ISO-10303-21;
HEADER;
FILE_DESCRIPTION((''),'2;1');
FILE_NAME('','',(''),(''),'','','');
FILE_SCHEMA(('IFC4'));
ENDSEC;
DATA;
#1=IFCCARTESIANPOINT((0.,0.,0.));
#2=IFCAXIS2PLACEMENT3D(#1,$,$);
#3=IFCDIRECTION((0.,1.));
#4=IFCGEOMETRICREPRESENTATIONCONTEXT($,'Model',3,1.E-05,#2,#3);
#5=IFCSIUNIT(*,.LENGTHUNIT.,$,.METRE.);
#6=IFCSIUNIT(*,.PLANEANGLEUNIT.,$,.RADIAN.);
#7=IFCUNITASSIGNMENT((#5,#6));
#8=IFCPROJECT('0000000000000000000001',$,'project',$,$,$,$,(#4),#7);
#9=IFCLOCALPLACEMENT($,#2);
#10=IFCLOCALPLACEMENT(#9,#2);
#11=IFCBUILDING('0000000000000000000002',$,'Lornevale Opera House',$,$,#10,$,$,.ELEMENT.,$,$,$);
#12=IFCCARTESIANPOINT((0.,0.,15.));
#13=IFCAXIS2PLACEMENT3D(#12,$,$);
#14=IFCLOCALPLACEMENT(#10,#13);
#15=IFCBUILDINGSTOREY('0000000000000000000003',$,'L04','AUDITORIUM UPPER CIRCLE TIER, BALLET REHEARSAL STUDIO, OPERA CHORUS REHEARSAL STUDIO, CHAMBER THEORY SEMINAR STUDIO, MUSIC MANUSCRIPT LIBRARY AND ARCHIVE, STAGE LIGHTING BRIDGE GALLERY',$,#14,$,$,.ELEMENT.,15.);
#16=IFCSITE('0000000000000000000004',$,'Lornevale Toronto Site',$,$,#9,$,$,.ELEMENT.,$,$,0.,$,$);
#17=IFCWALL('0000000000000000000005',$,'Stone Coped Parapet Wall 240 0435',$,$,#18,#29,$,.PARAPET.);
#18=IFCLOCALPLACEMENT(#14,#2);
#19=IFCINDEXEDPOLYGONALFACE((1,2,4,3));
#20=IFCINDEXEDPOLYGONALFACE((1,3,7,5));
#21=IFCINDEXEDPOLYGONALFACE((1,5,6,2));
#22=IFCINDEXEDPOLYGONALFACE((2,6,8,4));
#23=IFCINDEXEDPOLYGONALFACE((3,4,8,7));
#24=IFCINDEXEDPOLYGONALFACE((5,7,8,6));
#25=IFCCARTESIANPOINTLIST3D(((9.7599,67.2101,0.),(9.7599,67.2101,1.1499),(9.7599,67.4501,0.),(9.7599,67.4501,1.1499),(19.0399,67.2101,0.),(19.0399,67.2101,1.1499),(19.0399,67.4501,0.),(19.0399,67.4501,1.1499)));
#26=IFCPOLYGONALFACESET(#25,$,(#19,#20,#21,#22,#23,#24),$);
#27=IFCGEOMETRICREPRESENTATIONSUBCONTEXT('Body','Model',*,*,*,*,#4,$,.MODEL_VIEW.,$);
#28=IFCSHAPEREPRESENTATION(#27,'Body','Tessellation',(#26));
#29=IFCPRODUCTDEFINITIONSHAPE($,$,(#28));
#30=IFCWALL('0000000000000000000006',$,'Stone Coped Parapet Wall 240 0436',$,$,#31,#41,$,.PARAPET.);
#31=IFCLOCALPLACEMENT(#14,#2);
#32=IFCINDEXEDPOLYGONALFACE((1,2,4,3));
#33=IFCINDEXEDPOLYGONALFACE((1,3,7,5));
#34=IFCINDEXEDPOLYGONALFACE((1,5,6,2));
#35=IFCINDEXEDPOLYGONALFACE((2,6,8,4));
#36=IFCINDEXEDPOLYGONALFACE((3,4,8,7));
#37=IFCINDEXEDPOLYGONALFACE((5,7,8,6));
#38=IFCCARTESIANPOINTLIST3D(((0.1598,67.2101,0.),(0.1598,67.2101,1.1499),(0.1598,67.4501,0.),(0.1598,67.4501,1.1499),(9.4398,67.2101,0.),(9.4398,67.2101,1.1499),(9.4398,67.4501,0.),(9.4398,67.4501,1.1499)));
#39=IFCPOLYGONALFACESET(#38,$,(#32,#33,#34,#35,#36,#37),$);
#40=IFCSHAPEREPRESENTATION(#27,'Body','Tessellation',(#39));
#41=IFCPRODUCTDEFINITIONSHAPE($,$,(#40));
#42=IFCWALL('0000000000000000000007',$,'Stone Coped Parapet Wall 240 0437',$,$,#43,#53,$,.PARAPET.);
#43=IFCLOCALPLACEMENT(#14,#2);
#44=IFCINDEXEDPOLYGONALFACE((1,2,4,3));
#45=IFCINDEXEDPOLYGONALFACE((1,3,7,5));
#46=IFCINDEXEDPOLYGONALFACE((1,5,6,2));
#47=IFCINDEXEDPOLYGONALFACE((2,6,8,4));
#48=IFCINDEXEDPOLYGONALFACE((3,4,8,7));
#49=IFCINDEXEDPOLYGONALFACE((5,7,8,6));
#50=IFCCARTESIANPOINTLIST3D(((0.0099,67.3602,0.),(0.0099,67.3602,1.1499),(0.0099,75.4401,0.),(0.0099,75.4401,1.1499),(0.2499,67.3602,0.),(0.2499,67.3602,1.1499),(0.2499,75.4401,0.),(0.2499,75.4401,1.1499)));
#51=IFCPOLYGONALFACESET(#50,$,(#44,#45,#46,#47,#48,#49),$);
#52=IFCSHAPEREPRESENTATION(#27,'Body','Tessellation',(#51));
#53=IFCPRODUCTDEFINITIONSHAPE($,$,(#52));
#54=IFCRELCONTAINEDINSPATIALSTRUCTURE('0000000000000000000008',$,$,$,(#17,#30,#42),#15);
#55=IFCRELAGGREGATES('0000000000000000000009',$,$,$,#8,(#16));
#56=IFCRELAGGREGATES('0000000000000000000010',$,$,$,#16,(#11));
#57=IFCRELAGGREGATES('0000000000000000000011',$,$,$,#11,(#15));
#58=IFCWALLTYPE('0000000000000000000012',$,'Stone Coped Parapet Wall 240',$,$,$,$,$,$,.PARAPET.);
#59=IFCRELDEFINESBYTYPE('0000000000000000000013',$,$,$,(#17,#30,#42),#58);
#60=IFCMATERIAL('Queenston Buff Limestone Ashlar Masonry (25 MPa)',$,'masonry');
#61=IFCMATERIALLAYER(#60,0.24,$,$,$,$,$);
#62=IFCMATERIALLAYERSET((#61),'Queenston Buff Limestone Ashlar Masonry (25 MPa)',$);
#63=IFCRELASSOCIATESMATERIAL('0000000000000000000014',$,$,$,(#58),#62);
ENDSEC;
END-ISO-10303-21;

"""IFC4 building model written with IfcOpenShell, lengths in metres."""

from ifc_helpers import new_model, si_unit, direction, frame, frame_2d, origin, place, context, subcontext, project, spatial, rectangle, extrude, material, layer, layer_set, type_object, element, save


model = new_model("IFC4")

# Units and contexts
model_context = context("Model", 3, precision=1e-05, world=origin(), true_north=direction((0.0, 1.0)))
body_context = subcontext(model_context, "Body", "Model", "MODEL_VIEW")
ifc_project = project(units=[si_unit("LENGTHUNIT", "METRE"), si_unit("PLANEANGLEUNIT", "RADIAN")], contexts=[model_context])

# Site, building, storey
site_placement = place(None, origin())
site = spatial("IfcSite", under=ifc_project, at=site_placement, Name="Lornevale Toronto Site", CompositionType="ELEMENT", RefElevation=0.0)
building_placement = place(site_placement, origin())
building = spatial("IfcBuilding", under=site, at=building_placement, Name="Lornevale Opera House", CompositionType="ELEMENT")
storey_placement = place(building_placement, frame((0.0, 0.0, 15.0)))
storey = spatial("IfcBuildingStorey", under=building, at=storey_placement, Name="L04", Description="AUDITORIUM UPPER CIRCLE TIER, BALLET REHEARSAL STUDIO, OPERA CHORUS REHEARSAL STUDIO, CHAMBER THEORY SEMINAR STUDIO, MUSIC MANUSCRIPT LIBRARY AND ARCHIVE, STAGE LIGHTING BRIDGE GALLERY", CompositionType="ELEMENT", Elevation=15.0)

# Walls
ifc_material_1 = material(Name="Queenston Buff Limestone Ashlar Masonry (25 MPa)", Category="masonry")
ifc_layer = layer(ifc_material_1, 0.24)
ifc_layer_set = layer_set([ifc_layer], Name="Queenston Buff Limestone Ashlar Masonry (25 MPa)")
wall_type = type_object("IfcWallType", Name="Stone Coped Parapet Wall 240", PredefinedType="PARAPET", material=ifc_layer_set)
for number, where, z_axis, x_axis, name in (
    (1, (19.04, 67.3301, 0.0), (0.0, 0.0, 1.0), (-1.0, 0.0, 0.0), "Stone Coped Parapet Wall 240 0435"),
    (2, (9.4399, 67.3301, 0.0), (0.0, 0.0, 1.0), (-1.0, 0.0, 0.0), "Stone Coped Parapet Wall 240 0436"),
):
    element("IfcWall", number, at=place(storey_placement, frame(where, z_axis=z_axis, x_axis=x_axis)), inside=storey, type_object=wall_type, Name=name, PredefinedType="PARAPET", context=body_context, shape_type="SweptSolid", body=[
        extrude(rectangle(XDim=9.28, YDim=0.24, at=frame_2d((4.6401, 0.0))), origin(), (0.0, 0.0, 1.0), 1.1499),
    ])
wall_1_placement = place(storey_placement, frame((0.1299, 67.3601, 0.0), z_axis=(0.0, 0.0, 1.0), x_axis=(0.0, 1.0, 0.0)))
element("IfcWall", 3, at=wall_1_placement, inside=storey, type_object=wall_type, Name="Stone Coped Parapet Wall 240 0437", PredefinedType="PARAPET", context=body_context, shape_type="SweptSolid", body=[
    extrude(rectangle(XDim=8.0798, YDim=0.24, at=frame_2d((4.04, 0.0))), origin(), (0.0, 0.0, 1.0), 1.1499),
])

save(model, "model.ifc")
